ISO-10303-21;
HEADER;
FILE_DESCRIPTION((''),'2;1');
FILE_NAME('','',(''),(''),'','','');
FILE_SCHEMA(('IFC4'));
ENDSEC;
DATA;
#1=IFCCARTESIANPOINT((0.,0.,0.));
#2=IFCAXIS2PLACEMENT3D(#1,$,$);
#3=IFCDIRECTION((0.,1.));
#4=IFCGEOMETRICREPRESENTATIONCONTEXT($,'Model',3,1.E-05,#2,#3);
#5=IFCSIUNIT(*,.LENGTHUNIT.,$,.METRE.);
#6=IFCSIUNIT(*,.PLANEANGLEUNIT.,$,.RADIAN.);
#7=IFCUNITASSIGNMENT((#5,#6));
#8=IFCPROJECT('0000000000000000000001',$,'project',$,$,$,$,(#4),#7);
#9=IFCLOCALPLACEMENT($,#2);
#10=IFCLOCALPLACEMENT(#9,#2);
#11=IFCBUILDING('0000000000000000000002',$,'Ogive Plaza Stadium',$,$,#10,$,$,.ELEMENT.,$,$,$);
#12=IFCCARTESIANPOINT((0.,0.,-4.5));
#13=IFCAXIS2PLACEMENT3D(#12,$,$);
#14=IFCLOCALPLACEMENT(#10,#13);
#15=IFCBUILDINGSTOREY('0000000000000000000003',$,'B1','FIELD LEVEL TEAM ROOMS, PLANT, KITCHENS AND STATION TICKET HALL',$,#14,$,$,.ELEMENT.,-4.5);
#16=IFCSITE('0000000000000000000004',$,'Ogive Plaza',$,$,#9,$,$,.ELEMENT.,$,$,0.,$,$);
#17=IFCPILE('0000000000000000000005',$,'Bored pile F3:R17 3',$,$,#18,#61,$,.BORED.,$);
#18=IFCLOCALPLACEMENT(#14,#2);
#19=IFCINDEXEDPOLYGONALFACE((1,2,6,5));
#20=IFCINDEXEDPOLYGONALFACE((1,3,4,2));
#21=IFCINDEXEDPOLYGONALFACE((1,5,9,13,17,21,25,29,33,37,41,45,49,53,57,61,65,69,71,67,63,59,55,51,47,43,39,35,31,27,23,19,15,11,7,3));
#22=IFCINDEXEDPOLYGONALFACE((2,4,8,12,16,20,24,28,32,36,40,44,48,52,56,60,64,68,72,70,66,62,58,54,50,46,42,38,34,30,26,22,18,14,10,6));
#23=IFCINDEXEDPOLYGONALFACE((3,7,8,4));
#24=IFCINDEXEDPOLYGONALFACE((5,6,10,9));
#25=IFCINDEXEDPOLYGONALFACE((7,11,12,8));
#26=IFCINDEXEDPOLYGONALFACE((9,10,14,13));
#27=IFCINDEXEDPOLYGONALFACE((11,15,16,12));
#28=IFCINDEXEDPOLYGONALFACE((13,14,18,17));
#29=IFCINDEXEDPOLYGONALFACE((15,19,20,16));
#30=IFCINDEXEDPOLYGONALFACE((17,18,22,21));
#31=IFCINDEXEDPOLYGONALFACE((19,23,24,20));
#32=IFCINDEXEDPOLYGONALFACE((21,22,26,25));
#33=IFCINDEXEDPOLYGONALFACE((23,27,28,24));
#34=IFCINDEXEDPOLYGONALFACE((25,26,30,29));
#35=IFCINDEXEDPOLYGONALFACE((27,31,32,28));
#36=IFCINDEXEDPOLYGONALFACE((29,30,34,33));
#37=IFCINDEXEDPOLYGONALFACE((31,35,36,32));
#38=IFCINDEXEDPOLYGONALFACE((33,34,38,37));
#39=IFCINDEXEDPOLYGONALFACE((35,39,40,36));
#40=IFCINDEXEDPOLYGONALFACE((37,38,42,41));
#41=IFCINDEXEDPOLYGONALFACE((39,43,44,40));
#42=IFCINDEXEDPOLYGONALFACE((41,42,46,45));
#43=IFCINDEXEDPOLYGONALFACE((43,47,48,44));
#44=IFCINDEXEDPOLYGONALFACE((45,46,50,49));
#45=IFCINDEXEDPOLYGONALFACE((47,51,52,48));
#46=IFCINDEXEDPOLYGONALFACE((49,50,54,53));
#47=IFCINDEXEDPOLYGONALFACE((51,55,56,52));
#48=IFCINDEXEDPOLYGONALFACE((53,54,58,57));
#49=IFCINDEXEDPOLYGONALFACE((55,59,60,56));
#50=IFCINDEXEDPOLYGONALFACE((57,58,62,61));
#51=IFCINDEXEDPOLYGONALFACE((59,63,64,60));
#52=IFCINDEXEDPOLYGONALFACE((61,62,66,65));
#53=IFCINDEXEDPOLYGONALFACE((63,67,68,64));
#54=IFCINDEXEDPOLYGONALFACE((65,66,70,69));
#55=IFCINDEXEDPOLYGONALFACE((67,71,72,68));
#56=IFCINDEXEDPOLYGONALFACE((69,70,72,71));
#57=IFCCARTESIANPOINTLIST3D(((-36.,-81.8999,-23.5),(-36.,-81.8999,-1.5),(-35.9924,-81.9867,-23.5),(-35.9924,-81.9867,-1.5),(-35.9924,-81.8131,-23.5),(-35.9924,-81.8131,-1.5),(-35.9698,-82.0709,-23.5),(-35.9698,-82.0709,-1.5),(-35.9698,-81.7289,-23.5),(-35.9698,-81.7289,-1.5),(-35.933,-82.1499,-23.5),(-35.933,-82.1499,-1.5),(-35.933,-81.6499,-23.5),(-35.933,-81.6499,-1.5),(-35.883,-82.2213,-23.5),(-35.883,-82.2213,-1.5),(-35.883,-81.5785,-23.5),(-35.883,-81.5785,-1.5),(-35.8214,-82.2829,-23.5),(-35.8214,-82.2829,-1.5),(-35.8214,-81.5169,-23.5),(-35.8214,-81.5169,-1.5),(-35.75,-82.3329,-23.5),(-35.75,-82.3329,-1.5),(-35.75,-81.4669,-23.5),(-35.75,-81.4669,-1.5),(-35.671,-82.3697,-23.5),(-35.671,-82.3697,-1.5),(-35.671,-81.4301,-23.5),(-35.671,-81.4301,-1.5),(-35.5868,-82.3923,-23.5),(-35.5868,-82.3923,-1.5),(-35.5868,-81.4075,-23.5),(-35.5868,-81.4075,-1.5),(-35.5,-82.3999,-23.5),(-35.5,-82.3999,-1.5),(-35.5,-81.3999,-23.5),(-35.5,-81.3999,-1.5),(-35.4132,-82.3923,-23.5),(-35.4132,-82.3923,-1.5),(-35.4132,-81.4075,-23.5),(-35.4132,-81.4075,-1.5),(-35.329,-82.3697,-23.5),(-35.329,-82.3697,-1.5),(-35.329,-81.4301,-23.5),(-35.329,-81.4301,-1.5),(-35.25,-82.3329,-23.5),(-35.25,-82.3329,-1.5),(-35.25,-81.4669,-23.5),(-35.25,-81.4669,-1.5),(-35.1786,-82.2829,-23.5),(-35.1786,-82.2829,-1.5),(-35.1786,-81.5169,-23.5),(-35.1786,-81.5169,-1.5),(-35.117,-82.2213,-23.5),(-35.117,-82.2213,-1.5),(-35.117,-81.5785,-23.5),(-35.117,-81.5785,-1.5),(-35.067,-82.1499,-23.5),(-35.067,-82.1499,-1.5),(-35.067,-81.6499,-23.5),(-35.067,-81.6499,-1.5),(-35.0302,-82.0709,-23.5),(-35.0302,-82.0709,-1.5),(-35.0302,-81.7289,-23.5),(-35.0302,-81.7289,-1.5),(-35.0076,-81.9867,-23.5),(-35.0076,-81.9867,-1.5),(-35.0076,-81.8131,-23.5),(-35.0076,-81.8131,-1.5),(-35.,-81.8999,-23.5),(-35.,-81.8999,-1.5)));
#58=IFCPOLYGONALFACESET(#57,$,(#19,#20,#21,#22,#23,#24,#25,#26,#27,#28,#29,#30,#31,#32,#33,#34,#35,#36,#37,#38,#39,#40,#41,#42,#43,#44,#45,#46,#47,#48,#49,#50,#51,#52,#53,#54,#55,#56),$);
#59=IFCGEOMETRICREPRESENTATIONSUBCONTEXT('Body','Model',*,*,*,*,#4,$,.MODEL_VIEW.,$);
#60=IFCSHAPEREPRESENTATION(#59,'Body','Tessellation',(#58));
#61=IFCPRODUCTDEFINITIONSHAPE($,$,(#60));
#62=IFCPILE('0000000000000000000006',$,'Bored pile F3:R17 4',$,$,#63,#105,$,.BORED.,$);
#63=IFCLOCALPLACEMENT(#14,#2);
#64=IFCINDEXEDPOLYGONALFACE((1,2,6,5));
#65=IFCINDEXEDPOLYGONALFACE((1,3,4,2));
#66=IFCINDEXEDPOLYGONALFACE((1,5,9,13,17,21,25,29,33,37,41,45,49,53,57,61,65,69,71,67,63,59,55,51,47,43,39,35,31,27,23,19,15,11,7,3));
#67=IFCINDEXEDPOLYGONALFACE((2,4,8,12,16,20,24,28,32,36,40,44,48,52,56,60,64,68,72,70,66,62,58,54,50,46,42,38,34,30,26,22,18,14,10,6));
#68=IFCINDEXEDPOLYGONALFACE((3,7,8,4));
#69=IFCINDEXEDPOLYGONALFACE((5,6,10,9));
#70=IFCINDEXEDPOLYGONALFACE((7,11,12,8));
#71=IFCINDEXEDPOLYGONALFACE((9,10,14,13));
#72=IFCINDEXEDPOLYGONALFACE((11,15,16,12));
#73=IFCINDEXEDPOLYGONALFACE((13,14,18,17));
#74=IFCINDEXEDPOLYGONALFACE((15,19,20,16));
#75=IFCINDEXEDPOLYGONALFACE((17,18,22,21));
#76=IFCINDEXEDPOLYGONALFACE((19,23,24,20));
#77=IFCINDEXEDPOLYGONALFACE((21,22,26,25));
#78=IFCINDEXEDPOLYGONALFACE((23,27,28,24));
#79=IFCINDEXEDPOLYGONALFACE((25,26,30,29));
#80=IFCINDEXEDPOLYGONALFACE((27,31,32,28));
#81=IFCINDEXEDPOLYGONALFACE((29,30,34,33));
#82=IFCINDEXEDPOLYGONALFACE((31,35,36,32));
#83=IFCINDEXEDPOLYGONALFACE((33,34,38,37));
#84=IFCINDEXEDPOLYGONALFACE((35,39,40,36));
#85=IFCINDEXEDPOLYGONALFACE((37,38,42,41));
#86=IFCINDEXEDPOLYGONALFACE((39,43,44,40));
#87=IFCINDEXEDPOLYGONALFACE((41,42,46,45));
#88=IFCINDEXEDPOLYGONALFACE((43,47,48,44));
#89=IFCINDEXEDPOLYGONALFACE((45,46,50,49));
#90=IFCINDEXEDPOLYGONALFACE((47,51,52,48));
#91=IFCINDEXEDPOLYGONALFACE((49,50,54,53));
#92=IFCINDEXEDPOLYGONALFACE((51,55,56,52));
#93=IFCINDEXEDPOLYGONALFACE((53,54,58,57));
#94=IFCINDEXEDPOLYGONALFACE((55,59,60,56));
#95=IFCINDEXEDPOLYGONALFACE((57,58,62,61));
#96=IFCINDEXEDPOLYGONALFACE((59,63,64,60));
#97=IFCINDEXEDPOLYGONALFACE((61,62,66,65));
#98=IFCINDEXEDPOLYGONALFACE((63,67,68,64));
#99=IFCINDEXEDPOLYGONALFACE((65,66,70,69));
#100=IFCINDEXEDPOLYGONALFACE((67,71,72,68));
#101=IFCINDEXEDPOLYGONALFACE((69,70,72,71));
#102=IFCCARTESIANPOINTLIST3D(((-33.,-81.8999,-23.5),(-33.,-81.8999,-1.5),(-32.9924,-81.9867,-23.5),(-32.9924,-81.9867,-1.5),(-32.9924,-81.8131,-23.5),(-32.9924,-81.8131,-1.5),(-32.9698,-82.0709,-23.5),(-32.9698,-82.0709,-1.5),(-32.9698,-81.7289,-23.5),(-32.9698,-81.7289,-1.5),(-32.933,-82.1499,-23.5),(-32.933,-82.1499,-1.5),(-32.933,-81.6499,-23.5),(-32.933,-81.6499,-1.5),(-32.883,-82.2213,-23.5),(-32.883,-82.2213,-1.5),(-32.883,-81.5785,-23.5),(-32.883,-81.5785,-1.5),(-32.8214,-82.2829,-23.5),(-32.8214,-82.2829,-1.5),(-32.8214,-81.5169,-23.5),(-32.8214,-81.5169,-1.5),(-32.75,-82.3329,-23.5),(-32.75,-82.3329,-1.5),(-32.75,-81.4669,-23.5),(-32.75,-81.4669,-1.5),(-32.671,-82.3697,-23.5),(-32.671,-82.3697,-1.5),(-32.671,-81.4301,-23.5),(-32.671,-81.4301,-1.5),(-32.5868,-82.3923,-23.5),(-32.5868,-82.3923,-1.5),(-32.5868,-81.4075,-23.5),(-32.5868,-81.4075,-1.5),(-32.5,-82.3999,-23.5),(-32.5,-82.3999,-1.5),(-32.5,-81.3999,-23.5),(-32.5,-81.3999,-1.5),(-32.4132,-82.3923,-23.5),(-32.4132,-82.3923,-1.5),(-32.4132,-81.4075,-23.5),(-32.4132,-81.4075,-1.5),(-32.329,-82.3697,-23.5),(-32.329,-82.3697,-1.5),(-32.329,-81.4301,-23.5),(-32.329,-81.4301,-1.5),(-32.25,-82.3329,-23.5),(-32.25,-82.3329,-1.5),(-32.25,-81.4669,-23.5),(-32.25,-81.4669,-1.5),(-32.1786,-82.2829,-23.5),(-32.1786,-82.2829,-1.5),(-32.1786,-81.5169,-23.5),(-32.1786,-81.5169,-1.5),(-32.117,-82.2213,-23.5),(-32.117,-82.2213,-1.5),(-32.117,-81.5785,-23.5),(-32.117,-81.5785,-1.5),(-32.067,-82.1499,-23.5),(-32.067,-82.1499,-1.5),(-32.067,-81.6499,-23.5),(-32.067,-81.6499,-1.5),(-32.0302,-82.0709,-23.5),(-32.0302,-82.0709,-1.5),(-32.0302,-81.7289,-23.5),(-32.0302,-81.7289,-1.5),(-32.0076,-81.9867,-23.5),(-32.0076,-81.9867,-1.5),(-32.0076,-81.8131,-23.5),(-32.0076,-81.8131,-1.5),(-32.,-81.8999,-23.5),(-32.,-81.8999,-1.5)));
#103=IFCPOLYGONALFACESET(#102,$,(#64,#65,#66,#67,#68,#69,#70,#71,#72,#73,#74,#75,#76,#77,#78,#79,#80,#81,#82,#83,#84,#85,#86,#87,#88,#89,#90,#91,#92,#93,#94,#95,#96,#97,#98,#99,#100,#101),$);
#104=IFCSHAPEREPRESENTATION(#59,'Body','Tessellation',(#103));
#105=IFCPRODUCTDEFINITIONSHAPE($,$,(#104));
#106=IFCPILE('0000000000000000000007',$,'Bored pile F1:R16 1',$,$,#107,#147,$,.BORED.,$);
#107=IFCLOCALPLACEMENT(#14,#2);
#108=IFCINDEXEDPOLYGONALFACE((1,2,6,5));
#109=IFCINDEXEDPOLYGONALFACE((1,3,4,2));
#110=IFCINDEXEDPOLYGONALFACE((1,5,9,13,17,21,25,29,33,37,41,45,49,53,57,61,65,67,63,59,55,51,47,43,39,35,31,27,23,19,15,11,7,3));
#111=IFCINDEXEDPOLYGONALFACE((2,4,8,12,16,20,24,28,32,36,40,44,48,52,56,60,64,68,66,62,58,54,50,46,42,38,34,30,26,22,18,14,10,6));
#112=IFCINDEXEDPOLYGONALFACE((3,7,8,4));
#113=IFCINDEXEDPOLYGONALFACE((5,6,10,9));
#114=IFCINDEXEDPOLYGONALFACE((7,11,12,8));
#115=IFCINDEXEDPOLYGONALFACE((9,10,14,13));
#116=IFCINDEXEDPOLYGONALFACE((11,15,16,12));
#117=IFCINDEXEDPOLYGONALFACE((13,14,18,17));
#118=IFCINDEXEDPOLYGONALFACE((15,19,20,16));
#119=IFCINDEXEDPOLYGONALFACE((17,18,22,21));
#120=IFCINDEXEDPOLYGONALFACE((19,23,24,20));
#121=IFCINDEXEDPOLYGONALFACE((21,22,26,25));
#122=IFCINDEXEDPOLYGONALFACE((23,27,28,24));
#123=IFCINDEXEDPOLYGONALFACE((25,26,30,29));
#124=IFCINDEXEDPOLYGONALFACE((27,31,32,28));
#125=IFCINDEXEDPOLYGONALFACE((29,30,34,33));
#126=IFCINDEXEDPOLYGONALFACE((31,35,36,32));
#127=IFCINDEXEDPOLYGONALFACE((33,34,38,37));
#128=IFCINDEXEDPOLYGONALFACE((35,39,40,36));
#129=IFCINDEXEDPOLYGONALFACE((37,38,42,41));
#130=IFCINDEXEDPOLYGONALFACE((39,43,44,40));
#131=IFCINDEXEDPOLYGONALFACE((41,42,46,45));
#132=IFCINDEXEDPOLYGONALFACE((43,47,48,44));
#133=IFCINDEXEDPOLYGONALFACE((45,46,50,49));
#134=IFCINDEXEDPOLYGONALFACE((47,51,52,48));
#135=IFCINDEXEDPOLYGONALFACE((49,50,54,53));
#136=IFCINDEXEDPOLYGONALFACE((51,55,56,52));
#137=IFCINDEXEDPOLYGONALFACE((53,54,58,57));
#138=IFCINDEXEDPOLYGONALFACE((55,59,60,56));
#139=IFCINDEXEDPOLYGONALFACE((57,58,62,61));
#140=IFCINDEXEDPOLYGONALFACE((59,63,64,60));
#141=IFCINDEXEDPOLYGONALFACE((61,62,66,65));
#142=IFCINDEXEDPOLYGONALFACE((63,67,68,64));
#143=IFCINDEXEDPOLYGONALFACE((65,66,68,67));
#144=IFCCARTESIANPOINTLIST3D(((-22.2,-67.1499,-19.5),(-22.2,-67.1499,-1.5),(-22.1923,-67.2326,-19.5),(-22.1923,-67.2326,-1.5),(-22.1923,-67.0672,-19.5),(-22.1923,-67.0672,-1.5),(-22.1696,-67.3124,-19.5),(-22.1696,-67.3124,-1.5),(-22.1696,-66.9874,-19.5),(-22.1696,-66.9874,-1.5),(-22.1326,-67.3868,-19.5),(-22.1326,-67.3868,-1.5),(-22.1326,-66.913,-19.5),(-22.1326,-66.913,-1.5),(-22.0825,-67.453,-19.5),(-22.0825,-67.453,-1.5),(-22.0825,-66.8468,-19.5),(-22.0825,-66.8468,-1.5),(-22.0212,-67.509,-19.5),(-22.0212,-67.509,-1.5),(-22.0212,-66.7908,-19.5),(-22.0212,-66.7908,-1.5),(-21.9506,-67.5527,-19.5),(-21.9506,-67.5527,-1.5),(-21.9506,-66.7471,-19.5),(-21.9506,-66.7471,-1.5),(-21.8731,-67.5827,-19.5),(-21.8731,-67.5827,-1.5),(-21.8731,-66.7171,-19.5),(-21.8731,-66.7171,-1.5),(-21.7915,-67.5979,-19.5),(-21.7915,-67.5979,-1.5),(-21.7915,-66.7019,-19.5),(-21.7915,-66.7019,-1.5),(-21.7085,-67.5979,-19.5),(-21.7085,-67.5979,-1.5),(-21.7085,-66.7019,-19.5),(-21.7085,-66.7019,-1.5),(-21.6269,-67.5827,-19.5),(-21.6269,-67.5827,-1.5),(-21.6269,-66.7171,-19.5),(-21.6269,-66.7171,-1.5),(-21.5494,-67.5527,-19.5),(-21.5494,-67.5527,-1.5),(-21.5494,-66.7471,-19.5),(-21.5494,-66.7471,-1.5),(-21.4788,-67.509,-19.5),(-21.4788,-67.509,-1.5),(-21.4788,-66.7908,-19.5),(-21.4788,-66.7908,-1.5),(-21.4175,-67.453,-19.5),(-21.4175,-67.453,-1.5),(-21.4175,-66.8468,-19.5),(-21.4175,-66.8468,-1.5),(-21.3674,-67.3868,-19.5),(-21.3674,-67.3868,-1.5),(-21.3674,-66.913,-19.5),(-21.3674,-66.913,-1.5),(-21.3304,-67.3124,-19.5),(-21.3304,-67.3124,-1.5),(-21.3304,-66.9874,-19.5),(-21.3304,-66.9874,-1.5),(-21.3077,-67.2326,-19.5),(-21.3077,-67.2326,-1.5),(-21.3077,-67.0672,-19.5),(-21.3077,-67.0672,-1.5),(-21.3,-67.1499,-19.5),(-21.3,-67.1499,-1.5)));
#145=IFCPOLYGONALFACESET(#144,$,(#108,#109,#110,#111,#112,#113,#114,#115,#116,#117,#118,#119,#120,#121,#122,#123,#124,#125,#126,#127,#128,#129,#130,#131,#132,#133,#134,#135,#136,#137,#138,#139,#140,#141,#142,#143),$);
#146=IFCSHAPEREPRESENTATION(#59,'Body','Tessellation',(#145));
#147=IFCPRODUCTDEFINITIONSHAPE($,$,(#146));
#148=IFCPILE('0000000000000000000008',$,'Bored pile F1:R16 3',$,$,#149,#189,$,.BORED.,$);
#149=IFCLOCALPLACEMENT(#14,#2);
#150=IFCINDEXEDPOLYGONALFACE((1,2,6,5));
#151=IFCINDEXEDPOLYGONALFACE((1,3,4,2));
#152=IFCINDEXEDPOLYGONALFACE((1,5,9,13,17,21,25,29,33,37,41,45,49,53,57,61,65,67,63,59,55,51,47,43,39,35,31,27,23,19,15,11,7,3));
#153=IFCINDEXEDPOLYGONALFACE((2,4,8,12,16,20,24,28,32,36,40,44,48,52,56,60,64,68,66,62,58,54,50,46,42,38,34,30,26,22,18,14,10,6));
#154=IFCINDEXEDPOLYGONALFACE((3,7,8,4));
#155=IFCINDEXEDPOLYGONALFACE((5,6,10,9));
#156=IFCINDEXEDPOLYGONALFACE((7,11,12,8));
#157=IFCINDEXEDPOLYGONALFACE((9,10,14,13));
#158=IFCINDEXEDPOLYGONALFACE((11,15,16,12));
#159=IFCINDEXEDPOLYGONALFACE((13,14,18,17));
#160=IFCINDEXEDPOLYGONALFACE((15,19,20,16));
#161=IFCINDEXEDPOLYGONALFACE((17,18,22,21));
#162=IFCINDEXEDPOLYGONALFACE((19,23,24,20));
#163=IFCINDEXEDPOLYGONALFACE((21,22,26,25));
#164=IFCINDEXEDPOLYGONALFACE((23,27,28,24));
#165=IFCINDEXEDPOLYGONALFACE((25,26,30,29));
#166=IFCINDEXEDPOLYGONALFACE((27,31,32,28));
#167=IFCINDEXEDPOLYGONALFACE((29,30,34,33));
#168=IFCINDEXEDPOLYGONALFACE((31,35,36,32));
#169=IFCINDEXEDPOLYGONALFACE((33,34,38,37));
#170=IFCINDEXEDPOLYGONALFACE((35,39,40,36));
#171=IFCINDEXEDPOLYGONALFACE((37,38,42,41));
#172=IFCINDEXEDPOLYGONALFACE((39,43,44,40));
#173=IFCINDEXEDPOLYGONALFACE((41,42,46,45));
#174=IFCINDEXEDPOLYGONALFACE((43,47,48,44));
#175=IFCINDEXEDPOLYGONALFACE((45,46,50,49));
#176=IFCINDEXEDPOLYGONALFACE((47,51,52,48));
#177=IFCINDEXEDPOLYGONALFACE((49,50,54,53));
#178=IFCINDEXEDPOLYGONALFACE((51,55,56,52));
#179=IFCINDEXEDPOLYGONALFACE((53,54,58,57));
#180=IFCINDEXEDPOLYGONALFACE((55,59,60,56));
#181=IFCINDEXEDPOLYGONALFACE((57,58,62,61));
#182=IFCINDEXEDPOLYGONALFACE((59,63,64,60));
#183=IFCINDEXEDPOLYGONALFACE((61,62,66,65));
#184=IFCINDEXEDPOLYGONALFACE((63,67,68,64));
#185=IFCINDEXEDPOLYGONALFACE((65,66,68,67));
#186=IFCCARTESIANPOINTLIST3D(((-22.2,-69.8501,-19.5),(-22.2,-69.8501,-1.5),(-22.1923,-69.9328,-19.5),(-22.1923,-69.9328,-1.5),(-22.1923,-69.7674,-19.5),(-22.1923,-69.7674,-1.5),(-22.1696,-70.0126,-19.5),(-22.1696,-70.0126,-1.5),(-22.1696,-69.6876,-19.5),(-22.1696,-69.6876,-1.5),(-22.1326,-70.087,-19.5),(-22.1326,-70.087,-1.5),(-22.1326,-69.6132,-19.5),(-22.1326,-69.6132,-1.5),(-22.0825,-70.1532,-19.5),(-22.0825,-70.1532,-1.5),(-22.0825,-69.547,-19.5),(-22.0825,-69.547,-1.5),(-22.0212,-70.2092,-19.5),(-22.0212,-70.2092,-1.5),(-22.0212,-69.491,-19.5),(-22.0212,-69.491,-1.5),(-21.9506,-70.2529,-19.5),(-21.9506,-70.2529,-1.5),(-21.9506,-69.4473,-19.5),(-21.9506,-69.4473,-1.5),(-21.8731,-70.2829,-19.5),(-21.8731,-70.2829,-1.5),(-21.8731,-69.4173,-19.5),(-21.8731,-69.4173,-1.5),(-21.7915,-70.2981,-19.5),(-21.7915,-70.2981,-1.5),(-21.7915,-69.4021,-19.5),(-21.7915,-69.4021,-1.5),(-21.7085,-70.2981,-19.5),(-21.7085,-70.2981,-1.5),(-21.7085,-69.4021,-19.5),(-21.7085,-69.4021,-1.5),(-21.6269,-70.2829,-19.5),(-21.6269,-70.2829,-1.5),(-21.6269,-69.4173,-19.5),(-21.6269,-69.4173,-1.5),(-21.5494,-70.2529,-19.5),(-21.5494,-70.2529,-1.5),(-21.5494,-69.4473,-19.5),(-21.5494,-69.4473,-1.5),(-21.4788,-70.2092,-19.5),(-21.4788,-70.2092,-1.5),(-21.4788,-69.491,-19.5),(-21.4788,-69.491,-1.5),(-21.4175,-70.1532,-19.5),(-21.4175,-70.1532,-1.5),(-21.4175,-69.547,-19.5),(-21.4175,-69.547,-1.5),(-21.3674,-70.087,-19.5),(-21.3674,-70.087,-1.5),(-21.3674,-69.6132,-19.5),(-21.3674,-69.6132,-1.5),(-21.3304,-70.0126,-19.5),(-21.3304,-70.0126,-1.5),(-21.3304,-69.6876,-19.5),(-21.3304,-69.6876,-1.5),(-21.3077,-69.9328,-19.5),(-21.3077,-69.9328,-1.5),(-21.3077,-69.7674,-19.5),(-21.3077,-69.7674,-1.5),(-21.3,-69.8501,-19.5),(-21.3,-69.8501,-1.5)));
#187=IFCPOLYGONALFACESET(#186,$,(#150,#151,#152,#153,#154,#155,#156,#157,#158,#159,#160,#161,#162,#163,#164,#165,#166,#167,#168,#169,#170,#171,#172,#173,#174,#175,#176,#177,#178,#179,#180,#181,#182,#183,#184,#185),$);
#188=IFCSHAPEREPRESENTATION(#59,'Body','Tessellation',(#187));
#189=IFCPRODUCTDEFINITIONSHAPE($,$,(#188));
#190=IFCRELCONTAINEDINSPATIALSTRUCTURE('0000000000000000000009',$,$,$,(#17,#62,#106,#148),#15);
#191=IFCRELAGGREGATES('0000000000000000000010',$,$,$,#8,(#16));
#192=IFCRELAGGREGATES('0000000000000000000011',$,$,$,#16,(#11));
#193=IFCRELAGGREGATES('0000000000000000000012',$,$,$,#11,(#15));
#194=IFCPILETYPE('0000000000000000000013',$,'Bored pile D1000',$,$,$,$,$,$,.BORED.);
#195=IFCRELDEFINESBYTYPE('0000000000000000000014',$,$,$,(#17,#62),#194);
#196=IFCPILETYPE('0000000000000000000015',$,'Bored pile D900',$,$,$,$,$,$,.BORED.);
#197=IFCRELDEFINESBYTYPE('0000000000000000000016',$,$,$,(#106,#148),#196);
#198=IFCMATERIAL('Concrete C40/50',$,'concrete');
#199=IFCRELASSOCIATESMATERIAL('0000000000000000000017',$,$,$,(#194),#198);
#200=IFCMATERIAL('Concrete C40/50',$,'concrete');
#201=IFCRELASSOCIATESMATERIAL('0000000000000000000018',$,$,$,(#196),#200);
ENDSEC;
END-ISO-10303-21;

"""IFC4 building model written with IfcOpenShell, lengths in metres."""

from ifc_helpers import new_model, si_unit, direction, frame, origin, origin_2d, place, context, subcontext, project, spatial, circle, extrude, material, material_profile, profile_set, type_object, element, save


model = new_model("IFC4")

# Units and contexts
model_context = context("Model", 3, precision=1e-05, world=origin(), true_north=direction((0.0, 1.0)))
body_context = subcontext(model_context, "Body", "Model", "MODEL_VIEW")
ifc_project = project(units=[si_unit("LENGTHUNIT", "METRE"), si_unit("PLANEANGLEUNIT", "RADIAN")], contexts=[model_context])

# Site, building, storey
site_placement = place(None, origin())
site = spatial("IfcSite", under=ifc_project, at=site_placement, Name="Ogive Plaza", CompositionType="ELEMENT", RefElevation=0.0)
building_placement = place(site_placement, origin())
building = spatial("IfcBuilding", under=site, at=building_placement, Name="Ogive Plaza Stadium", CompositionType="ELEMENT")
storey_placement = place(building_placement, frame((0.0, 0.0, -4.5)))
storey = spatial("IfcBuildingStorey", under=building, at=storey_placement, Name="B1", Description="FIELD LEVEL TEAM ROOMS, PLANT, KITCHENS AND STATION TICKET HALL", CompositionType="ELEMENT", Elevation=-4.5)

# Piles
ifc_material_1 = material(Name="Concrete C40/50", Category="concrete")
ifc_material_profile_1 = material_profile(ifc_material_1, circle(Radius=0.5, at=origin_2d()), Name="RC D1000")
ifc_profile_set_1 = profile_set([ifc_material_profile_1], Name="Concrete C40/50")
pile_type_1 = type_object("IfcPileType", Name="Bored pile D1000", PredefinedType="BORED", material=ifc_profile_set_1)
for number, where, z_axis, x_axis, name in (
    (1, (-35.5, -81.8999, -1.5), (0.0, 0.0, -1.0), (1.0, 0.0, 0.0), "Bored pile F3:R17 3"),
    (2, (-32.5, -81.8999, -1.5), (0.0, 0.0, -1.0), (1.0, 0.0, 0.0), "Bored pile F3:R17 4"),
):
    element("IfcPile", number, at=place(storey_placement, frame(where, z_axis=z_axis, x_axis=x_axis)), inside=storey, type_object=pile_type_1, Name=name, PredefinedType="BORED", context=body_context, shape_type="SweptSolid", body=[
        extrude(circle(Radius=0.5, at=origin_2d()), origin(), (0.0, 0.0, 1.0), 22.0),
    ])
ifc_material_2 = material(Name="Concrete C40/50", Category="concrete")
ifc_material_profile_2 = material_profile(ifc_material_2, circle(Radius=0.45, at=origin_2d()), Name="RC D900")
ifc_profile_set_2 = profile_set([ifc_material_profile_2], Name="Concrete C40/50")
pile_type_2 = type_object("IfcPileType", Name="Bored pile D900", PredefinedType="BORED", material=ifc_profile_set_2)
for number, where, z_axis, x_axis, name in (
    (3, (-21.75, -67.1499, -1.5), (0.0, 0.0, -1.0), (1.0, 0.0, 0.0), "Bored pile F1:R16 1"),
    (4, (-21.75, -69.8501, -1.5), (0.0, 0.0, -1.0), (1.0, 0.0, 0.0), "Bored pile F1:R16 3"),
):
    element("IfcPile", number, at=place(storey_placement, frame(where, z_axis=z_axis, x_axis=x_axis)), inside=storey, type_object=pile_type_2, Name=name, PredefinedType="BORED", context=body_context, shape_type="SweptSolid", body=[
        extrude(circle(Radius=0.45, at=origin_2d()), origin(), (0.0, 0.0, 1.0), 18.0),
    ])

save(model, "model.ifc")
